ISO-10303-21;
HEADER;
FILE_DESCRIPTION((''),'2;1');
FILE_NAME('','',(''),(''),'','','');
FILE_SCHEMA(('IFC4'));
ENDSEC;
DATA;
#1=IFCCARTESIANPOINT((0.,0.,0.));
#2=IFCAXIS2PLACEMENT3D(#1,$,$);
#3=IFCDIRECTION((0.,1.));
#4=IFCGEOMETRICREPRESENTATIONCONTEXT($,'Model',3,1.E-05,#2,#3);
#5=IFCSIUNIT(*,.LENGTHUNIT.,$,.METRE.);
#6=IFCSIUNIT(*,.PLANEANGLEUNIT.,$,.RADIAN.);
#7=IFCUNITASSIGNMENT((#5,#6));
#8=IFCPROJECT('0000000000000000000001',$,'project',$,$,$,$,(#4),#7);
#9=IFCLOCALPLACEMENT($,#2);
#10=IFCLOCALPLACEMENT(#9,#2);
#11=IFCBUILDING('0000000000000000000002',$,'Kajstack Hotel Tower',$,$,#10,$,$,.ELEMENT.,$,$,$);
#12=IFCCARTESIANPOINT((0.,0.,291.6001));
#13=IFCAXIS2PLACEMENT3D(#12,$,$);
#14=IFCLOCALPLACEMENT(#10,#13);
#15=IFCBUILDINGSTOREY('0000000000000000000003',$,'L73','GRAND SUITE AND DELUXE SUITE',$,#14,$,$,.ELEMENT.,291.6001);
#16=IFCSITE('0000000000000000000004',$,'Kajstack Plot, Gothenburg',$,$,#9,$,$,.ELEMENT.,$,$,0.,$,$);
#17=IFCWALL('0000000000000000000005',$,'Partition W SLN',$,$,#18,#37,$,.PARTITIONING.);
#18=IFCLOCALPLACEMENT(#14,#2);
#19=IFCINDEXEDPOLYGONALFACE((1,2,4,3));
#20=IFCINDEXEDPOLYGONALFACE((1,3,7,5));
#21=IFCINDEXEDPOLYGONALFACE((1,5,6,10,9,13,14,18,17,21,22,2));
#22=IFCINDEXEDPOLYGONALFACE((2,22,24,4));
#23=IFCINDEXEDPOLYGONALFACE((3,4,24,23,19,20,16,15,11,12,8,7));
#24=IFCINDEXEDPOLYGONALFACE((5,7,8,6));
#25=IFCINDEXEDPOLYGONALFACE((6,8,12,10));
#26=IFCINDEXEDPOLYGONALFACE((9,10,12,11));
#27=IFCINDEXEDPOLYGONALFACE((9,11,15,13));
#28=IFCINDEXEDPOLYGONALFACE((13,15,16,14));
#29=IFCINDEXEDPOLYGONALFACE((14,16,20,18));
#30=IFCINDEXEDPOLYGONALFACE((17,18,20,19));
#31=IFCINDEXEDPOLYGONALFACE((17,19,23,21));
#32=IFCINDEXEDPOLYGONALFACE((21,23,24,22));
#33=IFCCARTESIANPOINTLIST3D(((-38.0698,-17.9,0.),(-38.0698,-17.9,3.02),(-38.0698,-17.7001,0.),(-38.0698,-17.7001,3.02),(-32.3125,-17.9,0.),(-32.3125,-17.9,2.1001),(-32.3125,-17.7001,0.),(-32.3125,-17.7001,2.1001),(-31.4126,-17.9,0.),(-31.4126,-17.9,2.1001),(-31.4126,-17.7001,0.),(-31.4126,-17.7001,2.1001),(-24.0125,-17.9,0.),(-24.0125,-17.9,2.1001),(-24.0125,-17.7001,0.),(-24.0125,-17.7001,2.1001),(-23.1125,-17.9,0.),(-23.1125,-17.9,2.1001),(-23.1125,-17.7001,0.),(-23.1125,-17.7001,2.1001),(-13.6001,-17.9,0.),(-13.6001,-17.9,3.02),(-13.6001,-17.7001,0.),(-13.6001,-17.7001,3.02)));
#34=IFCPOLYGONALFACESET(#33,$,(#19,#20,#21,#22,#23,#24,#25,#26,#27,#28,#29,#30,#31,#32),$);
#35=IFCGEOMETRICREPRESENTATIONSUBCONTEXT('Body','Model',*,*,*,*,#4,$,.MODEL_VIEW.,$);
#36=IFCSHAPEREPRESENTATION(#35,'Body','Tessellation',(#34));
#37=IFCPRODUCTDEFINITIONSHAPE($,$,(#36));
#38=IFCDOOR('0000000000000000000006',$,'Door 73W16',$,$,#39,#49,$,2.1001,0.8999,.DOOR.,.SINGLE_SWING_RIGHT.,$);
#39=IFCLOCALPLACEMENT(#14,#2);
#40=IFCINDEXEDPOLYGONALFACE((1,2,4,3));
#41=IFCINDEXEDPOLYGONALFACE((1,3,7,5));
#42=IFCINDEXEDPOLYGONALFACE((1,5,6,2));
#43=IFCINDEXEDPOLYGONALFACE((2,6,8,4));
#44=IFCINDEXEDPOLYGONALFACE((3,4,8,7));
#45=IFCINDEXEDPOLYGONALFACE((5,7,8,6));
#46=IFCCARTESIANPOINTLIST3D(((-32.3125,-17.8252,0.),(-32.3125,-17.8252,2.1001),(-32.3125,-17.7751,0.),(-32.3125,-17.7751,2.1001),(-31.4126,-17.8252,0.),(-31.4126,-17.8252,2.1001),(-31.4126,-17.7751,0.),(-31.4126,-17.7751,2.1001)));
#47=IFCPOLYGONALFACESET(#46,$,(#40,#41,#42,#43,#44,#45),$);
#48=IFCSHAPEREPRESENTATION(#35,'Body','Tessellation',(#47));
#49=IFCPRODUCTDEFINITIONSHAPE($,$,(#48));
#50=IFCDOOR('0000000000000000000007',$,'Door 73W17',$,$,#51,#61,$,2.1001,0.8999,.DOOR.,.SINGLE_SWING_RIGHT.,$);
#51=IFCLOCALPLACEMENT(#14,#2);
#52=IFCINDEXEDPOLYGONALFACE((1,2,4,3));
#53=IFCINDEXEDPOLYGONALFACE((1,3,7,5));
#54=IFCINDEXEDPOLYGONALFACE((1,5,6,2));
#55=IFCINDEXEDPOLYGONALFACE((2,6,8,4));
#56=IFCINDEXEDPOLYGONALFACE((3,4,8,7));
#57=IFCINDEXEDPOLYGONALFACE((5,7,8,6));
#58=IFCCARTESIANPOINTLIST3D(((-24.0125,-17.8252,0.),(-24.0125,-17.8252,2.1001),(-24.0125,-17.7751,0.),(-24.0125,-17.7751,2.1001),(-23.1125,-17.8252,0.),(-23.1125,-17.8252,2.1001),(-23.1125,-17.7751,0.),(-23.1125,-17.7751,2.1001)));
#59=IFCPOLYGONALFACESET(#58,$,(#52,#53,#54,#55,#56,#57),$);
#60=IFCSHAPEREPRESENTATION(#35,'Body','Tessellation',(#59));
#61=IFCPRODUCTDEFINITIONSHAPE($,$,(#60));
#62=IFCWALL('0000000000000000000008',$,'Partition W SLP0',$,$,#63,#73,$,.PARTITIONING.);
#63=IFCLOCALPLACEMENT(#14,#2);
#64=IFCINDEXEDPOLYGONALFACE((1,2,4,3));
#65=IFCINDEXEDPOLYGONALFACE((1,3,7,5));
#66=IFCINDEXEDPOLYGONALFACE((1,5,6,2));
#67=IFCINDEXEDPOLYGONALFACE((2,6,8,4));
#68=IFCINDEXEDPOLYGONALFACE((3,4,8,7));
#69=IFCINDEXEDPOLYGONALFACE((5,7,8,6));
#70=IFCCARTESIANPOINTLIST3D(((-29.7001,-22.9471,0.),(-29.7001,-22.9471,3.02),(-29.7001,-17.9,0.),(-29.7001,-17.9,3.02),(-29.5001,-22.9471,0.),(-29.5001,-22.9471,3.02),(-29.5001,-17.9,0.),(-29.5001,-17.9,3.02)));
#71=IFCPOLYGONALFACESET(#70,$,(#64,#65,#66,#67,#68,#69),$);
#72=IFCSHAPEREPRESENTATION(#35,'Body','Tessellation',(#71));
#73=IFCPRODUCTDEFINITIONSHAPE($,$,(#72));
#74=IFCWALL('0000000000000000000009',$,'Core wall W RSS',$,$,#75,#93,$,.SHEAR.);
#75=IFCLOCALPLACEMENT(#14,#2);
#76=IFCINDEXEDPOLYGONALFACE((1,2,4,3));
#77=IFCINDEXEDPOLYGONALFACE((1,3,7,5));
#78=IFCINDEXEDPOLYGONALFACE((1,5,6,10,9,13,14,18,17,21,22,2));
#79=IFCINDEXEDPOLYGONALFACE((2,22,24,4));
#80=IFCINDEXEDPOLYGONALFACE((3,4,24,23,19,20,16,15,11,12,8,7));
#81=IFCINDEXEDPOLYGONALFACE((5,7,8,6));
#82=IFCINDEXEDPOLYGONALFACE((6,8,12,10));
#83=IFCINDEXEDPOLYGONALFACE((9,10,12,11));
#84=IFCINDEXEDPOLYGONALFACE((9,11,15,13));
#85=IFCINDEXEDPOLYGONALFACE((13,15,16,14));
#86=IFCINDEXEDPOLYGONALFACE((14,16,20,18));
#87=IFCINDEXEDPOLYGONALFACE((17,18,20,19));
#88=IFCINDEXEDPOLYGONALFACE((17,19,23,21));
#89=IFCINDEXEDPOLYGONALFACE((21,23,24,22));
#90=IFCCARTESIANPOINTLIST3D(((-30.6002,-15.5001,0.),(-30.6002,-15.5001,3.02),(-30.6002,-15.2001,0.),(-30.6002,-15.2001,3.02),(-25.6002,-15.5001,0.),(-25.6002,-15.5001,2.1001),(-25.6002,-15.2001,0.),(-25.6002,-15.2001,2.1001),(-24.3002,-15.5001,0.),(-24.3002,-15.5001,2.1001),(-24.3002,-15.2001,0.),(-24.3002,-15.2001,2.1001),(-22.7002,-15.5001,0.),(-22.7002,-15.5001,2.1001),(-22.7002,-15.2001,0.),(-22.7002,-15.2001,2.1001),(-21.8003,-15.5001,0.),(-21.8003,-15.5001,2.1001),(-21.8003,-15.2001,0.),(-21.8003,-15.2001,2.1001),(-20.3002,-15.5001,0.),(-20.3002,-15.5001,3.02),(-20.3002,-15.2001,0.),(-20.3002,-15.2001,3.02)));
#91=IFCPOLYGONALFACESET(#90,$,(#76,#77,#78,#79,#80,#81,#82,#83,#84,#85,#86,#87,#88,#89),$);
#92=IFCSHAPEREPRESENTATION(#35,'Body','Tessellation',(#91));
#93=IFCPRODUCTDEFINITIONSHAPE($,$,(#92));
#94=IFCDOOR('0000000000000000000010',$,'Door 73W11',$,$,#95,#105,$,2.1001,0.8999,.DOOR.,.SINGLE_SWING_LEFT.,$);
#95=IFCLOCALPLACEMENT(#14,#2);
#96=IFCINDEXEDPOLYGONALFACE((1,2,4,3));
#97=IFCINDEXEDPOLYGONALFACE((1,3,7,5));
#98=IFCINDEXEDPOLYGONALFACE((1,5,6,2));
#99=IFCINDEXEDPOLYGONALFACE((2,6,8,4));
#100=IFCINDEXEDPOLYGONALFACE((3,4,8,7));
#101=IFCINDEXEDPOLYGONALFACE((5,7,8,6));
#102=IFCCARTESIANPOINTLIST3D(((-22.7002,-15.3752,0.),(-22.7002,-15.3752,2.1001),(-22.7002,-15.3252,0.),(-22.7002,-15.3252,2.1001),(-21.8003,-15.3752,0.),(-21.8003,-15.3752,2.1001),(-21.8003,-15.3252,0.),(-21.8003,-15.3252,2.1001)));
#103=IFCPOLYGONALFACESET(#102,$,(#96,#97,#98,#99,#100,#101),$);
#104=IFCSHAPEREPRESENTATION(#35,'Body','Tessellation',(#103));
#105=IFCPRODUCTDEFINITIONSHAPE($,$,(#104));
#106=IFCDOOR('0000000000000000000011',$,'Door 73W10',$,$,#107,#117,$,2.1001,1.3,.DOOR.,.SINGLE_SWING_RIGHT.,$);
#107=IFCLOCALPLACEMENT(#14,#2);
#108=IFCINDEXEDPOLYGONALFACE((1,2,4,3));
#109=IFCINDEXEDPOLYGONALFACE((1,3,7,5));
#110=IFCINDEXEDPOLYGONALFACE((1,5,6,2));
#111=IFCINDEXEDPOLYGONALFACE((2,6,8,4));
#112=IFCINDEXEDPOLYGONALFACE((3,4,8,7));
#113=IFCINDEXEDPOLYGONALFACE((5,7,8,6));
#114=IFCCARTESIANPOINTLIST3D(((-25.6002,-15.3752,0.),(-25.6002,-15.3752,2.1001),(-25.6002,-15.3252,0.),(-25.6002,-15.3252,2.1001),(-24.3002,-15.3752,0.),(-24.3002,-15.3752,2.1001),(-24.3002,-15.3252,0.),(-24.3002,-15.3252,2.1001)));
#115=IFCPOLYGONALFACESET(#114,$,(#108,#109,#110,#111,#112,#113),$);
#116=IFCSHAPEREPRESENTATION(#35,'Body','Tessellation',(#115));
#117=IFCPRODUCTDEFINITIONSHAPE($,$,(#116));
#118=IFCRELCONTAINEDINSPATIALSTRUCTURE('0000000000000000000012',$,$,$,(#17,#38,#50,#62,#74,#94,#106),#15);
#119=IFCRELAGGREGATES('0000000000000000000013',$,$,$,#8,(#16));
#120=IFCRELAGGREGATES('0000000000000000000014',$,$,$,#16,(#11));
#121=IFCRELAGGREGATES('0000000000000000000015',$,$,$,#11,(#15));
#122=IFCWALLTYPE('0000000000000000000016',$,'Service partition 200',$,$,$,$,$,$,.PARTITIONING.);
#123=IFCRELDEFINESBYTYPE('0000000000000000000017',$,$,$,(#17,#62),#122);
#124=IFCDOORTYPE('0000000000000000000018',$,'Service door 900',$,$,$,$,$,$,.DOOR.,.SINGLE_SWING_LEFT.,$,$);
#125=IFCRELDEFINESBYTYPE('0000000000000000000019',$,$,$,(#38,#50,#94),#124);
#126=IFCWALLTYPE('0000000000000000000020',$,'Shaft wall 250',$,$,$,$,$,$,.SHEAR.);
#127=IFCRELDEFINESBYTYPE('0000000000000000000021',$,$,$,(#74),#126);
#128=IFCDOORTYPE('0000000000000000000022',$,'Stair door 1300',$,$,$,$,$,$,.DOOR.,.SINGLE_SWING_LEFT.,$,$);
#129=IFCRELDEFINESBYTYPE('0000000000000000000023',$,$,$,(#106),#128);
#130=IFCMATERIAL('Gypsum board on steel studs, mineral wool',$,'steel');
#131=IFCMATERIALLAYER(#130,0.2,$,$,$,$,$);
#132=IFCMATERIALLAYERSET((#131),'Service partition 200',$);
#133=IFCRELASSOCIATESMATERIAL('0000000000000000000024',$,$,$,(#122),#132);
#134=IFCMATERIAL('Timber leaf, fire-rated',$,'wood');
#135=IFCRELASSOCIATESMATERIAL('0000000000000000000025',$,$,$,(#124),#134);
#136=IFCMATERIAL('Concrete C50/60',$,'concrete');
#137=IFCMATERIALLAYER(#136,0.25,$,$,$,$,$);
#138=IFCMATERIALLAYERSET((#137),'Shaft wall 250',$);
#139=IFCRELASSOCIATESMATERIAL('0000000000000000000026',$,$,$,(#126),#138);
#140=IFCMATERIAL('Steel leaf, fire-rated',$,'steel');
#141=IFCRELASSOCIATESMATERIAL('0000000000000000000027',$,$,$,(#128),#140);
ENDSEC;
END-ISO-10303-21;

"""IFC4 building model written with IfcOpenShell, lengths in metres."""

from ifc_helpers import new_model, si_unit, direction, frame, frame_2d, origin, place, context, subcontext, project, spatial, rectangle, extrude, material, layer, layer_set, type_object, element, fill, save


model = new_model("IFC4")

# Units and contexts
model_context = context("Model", 3, precision=1e-05, world=origin(), true_north=direction((0.0, 1.0)))
body_context = subcontext(model_context, "Body", "Model", "MODEL_VIEW")
ifc_project = project(units=[si_unit("LENGTHUNIT", "METRE"), si_unit("PLANEANGLEUNIT", "RADIAN")], contexts=[model_context])

# Site, building, storey
site_placement = place(None, origin())
site = spatial("IfcSite", under=ifc_project, at=site_placement, Name="Kajstack Plot, Gothenburg", CompositionType="ELEMENT", RefElevation=0.0)
building_placement = place(site_placement, origin())
building = spatial("IfcBuilding", under=site, at=building_placement, Name="Kajstack Hotel Tower", CompositionType="ELEMENT")
storey_placement = place(building_placement, frame((0.0, 0.0, 291.6001)))
storey = spatial("IfcBuildingStorey", under=building, at=storey_placement, Name="L73", Description="GRAND SUITE AND DELUXE SUITE", CompositionType="ELEMENT", Elevation=291.6001)

# Shared definitions
ifc_material_1 = material(Name="Gypsum board on steel studs, mineral wool", Category="steel")
ifc_layer_1 = layer(ifc_material_1, 0.2)
ifc_layer_set_1 = layer_set([ifc_layer_1], Name="Service partition 200")
wall_type_1 = type_object("IfcWallType", Name="Service partition 200", PredefinedType="PARTITIONING", material=ifc_layer_set_1)
ifc_material_2 = material(Name="Timber leaf, fire-rated", Category="wood")
door_type_1 = type_object("IfcDoorType", Name="Service door 900", OperationType="SINGLE_SWING_LEFT", PredefinedType="DOOR", material=ifc_material_2)

# Wall, openings, doors
wall_1_placement = place(storey_placement, frame((-38.0698, -17.8, 0.0), z_axis=(0.0, 0.0, 1.0), x_axis=(1.0, 0.0, 0.0)))
wall_1 = element("IfcWall", 1, at=wall_1_placement, inside=storey, type_object=wall_type_1, Name="Partition W SLN", PredefinedType="PARTITIONING", context=body_context, shape_type="SweptSolid", body=[
    extrude(rectangle(XDim=24.4697, YDim=0.2, at=frame_2d((12.2349, 0.0))), origin(), (0.0, 0.0, 1.0), 3.02),
])
opening_1_placement = place(wall_1_placement, frame((5.7573, 0.0, 0.0)))
opening_1 = element("IfcOpeningElement", 2, at=opening_1_placement, cuts=wall_1, PredefinedType="OPENING", context=body_context, shape_type="SweptSolid", body=[
    extrude(rectangle(XDim=0.8999, YDim=2.1001, at=frame_2d((0.45, 1.05))), frame((0.0, 0.1099, 0.0), z_axis=(0.0, -1.0, 0.0), x_axis=(1.0, 0.0, 0.0)), (0.0, 0.0, 1.0), 0.22),
])
opening_2_placement = place(wall_1_placement, frame((14.0574, 0.0, 0.0)))
opening_2 = element("IfcOpeningElement", 3, at=opening_2_placement, cuts=wall_1, PredefinedType="OPENING", context=body_context, shape_type="SweptSolid", body=[
    extrude(rectangle(XDim=0.8999, YDim=2.1001, at=frame_2d((0.45, 1.05))), frame((0.0, 0.1099, 0.0), z_axis=(0.0, -1.0, 0.0), x_axis=(1.0, 0.0, 0.0)), (0.0, 0.0, 1.0), 0.22),
])
door_1_placement = place(opening_1_placement, origin())
door_1 = element("IfcDoor", 4, at=door_1_placement, inside=storey, type_object=door_type_1, Name="Door 73W16", OperationType="SINGLE_SWING_RIGHT", OverallHeight=2.1001, OverallWidth=0.8999, PredefinedType="DOOR", context=body_context, shape_type="SweptSolid", body=[
    extrude(rectangle(XDim=0.8999, YDim=2.1001, at=frame_2d((0.45, 1.05))), frame((0.0, 0.0249, 0.0), z_axis=(0.0, -1.0, 0.0), x_axis=(1.0, 0.0, 0.0)), (0.0, 0.0, 1.0), 0.05),
])
fill(opening_1, door_1)
door_2_placement = place(opening_2_placement, origin())
door_2 = element("IfcDoor", 5, at=door_2_placement, inside=storey, type_object=door_type_1, Name="Door 73W17", OperationType="SINGLE_SWING_RIGHT", OverallHeight=2.1001, OverallWidth=0.8999, PredefinedType="DOOR", context=body_context, shape_type="SweptSolid", body=[
    extrude(rectangle(XDim=0.8999, YDim=2.1001, at=frame_2d((0.45, 1.05))), frame((0.0, 0.0249, 0.0), z_axis=(0.0, -1.0, 0.0), x_axis=(1.0, 0.0, 0.0)), (0.0, 0.0, 1.0), 0.05),
])
fill(opening_2, door_2)

# Wall
wall_2_placement = place(storey_placement, frame((-29.6001, -22.947, 0.0), z_axis=(0.0, 0.0, 1.0), x_axis=(0.0, 1.0, 0.0)))
element("IfcWall", 6, at=wall_2_placement, inside=storey, type_object=wall_type_1, Name="Partition W SLP0", PredefinedType="PARTITIONING", context=body_context, shape_type="SweptSolid", body=[
    extrude(rectangle(XDim=5.0471, YDim=0.2, at=frame_2d((2.5234, 0.0))), origin(), (0.0, 0.0, 1.0), 3.02),
])

# Wall, openings, doors
ifc_material_3 = material(Name="Concrete C50/60", Category="concrete")
ifc_layer_2 = layer(ifc_material_3, 0.25)
ifc_layer_set_2 = layer_set([ifc_layer_2], Name="Shaft wall 250")
wall_type_2 = type_object("IfcWallType", Name="Shaft wall 250", PredefinedType="SHEAR", material=ifc_layer_set_2)
wall_3_placement = place(storey_placement, frame((-30.6001, -15.3501, 0.0), z_axis=(0.0, 0.0, 1.0), x_axis=(1.0, 0.0, 0.0)))
wall_3 = element("IfcWall", 7, at=wall_3_placement, inside=storey, type_object=wall_type_2, Name="Core wall W RSS", PredefinedType="SHEAR", context=body_context, shape_type="SweptSolid", body=[
    extrude(rectangle(XDim=10.3, YDim=0.3, at=frame_2d((5.1499, 0.0))), origin(), (0.0, 0.0, 1.0), 3.02),
])
opening_3_placement = place(wall_3_placement, frame((5.0, 0.0, 0.0)))
opening_3 = element("IfcOpeningElement", 8, at=opening_3_placement, cuts=wall_3, PredefinedType="OPENING", context=body_context, shape_type="SweptSolid", body=[
    extrude(rectangle(XDim=1.3, YDim=2.1001, at=frame_2d((0.6499, 1.05))), frame((0.0, 0.1599, 0.0), z_axis=(0.0, -1.0, 0.0), x_axis=(1.0, 0.0, 0.0)), (0.0, 0.0, 1.0), 0.3201),
])
opening_4_placement = place(wall_3_placement, frame((7.8999, 0.0, 0.0)))
opening_4 = element("IfcOpeningElement", 9, at=opening_4_placement, cuts=wall_3, PredefinedType="OPENING", context=body_context, shape_type="SweptSolid", body=[
    extrude(rectangle(XDim=0.8999, YDim=2.1001, at=frame_2d((0.45, 1.05))), frame((0.0, 0.1599, 0.0), z_axis=(0.0, -1.0, 0.0), x_axis=(1.0, 0.0, 0.0)), (0.0, 0.0, 1.0), 0.3201),
])
door_3_placement = place(opening_4_placement, origin())
door_3 = element("IfcDoor", 10, at=door_3_placement, inside=storey, type_object=door_type_1, Name="Door 73W11", OperationType="SINGLE_SWING_LEFT", OverallHeight=2.1001, OverallWidth=0.8999, PredefinedType="DOOR", context=body_context, shape_type="SweptSolid", body=[
    extrude(rectangle(XDim=0.8999, YDim=2.1001, at=frame_2d((0.45, 1.05))), frame((0.0, 0.0249, 0.0), z_axis=(0.0, -1.0, 0.0), x_axis=(1.0, 0.0, 0.0)), (0.0, 0.0, 1.0), 0.05),
])
fill(opening_4, door_3)
ifc_material_4 = material(Name="Steel leaf, fire-rated", Category="steel")
door_type_2 = type_object("IfcDoorType", Name="Stair door 1300", OperationType="SINGLE_SWING_LEFT", PredefinedType="DOOR", material=ifc_material_4)
door_4_placement = place(opening_3_placement, origin())
door_4 = element("IfcDoor", 11, at=door_4_placement, inside=storey, type_object=door_type_2, Name="Door 73W10", OperationType="SINGLE_SWING_RIGHT", OverallHeight=2.1001, OverallWidth=1.3, PredefinedType="DOOR", context=body_context, shape_type="SweptSolid", body=[
    extrude(rectangle(XDim=1.3, YDim=2.1001, at=frame_2d((0.6499, 1.05))), frame((0.0, 0.0249, 0.0), z_axis=(0.0, -1.0, 0.0), x_axis=(1.0, 0.0, 0.0)), (0.0, 0.0, 1.0), 0.05),
])
fill(opening_3, door_4)

save(model, "model.ifc")
